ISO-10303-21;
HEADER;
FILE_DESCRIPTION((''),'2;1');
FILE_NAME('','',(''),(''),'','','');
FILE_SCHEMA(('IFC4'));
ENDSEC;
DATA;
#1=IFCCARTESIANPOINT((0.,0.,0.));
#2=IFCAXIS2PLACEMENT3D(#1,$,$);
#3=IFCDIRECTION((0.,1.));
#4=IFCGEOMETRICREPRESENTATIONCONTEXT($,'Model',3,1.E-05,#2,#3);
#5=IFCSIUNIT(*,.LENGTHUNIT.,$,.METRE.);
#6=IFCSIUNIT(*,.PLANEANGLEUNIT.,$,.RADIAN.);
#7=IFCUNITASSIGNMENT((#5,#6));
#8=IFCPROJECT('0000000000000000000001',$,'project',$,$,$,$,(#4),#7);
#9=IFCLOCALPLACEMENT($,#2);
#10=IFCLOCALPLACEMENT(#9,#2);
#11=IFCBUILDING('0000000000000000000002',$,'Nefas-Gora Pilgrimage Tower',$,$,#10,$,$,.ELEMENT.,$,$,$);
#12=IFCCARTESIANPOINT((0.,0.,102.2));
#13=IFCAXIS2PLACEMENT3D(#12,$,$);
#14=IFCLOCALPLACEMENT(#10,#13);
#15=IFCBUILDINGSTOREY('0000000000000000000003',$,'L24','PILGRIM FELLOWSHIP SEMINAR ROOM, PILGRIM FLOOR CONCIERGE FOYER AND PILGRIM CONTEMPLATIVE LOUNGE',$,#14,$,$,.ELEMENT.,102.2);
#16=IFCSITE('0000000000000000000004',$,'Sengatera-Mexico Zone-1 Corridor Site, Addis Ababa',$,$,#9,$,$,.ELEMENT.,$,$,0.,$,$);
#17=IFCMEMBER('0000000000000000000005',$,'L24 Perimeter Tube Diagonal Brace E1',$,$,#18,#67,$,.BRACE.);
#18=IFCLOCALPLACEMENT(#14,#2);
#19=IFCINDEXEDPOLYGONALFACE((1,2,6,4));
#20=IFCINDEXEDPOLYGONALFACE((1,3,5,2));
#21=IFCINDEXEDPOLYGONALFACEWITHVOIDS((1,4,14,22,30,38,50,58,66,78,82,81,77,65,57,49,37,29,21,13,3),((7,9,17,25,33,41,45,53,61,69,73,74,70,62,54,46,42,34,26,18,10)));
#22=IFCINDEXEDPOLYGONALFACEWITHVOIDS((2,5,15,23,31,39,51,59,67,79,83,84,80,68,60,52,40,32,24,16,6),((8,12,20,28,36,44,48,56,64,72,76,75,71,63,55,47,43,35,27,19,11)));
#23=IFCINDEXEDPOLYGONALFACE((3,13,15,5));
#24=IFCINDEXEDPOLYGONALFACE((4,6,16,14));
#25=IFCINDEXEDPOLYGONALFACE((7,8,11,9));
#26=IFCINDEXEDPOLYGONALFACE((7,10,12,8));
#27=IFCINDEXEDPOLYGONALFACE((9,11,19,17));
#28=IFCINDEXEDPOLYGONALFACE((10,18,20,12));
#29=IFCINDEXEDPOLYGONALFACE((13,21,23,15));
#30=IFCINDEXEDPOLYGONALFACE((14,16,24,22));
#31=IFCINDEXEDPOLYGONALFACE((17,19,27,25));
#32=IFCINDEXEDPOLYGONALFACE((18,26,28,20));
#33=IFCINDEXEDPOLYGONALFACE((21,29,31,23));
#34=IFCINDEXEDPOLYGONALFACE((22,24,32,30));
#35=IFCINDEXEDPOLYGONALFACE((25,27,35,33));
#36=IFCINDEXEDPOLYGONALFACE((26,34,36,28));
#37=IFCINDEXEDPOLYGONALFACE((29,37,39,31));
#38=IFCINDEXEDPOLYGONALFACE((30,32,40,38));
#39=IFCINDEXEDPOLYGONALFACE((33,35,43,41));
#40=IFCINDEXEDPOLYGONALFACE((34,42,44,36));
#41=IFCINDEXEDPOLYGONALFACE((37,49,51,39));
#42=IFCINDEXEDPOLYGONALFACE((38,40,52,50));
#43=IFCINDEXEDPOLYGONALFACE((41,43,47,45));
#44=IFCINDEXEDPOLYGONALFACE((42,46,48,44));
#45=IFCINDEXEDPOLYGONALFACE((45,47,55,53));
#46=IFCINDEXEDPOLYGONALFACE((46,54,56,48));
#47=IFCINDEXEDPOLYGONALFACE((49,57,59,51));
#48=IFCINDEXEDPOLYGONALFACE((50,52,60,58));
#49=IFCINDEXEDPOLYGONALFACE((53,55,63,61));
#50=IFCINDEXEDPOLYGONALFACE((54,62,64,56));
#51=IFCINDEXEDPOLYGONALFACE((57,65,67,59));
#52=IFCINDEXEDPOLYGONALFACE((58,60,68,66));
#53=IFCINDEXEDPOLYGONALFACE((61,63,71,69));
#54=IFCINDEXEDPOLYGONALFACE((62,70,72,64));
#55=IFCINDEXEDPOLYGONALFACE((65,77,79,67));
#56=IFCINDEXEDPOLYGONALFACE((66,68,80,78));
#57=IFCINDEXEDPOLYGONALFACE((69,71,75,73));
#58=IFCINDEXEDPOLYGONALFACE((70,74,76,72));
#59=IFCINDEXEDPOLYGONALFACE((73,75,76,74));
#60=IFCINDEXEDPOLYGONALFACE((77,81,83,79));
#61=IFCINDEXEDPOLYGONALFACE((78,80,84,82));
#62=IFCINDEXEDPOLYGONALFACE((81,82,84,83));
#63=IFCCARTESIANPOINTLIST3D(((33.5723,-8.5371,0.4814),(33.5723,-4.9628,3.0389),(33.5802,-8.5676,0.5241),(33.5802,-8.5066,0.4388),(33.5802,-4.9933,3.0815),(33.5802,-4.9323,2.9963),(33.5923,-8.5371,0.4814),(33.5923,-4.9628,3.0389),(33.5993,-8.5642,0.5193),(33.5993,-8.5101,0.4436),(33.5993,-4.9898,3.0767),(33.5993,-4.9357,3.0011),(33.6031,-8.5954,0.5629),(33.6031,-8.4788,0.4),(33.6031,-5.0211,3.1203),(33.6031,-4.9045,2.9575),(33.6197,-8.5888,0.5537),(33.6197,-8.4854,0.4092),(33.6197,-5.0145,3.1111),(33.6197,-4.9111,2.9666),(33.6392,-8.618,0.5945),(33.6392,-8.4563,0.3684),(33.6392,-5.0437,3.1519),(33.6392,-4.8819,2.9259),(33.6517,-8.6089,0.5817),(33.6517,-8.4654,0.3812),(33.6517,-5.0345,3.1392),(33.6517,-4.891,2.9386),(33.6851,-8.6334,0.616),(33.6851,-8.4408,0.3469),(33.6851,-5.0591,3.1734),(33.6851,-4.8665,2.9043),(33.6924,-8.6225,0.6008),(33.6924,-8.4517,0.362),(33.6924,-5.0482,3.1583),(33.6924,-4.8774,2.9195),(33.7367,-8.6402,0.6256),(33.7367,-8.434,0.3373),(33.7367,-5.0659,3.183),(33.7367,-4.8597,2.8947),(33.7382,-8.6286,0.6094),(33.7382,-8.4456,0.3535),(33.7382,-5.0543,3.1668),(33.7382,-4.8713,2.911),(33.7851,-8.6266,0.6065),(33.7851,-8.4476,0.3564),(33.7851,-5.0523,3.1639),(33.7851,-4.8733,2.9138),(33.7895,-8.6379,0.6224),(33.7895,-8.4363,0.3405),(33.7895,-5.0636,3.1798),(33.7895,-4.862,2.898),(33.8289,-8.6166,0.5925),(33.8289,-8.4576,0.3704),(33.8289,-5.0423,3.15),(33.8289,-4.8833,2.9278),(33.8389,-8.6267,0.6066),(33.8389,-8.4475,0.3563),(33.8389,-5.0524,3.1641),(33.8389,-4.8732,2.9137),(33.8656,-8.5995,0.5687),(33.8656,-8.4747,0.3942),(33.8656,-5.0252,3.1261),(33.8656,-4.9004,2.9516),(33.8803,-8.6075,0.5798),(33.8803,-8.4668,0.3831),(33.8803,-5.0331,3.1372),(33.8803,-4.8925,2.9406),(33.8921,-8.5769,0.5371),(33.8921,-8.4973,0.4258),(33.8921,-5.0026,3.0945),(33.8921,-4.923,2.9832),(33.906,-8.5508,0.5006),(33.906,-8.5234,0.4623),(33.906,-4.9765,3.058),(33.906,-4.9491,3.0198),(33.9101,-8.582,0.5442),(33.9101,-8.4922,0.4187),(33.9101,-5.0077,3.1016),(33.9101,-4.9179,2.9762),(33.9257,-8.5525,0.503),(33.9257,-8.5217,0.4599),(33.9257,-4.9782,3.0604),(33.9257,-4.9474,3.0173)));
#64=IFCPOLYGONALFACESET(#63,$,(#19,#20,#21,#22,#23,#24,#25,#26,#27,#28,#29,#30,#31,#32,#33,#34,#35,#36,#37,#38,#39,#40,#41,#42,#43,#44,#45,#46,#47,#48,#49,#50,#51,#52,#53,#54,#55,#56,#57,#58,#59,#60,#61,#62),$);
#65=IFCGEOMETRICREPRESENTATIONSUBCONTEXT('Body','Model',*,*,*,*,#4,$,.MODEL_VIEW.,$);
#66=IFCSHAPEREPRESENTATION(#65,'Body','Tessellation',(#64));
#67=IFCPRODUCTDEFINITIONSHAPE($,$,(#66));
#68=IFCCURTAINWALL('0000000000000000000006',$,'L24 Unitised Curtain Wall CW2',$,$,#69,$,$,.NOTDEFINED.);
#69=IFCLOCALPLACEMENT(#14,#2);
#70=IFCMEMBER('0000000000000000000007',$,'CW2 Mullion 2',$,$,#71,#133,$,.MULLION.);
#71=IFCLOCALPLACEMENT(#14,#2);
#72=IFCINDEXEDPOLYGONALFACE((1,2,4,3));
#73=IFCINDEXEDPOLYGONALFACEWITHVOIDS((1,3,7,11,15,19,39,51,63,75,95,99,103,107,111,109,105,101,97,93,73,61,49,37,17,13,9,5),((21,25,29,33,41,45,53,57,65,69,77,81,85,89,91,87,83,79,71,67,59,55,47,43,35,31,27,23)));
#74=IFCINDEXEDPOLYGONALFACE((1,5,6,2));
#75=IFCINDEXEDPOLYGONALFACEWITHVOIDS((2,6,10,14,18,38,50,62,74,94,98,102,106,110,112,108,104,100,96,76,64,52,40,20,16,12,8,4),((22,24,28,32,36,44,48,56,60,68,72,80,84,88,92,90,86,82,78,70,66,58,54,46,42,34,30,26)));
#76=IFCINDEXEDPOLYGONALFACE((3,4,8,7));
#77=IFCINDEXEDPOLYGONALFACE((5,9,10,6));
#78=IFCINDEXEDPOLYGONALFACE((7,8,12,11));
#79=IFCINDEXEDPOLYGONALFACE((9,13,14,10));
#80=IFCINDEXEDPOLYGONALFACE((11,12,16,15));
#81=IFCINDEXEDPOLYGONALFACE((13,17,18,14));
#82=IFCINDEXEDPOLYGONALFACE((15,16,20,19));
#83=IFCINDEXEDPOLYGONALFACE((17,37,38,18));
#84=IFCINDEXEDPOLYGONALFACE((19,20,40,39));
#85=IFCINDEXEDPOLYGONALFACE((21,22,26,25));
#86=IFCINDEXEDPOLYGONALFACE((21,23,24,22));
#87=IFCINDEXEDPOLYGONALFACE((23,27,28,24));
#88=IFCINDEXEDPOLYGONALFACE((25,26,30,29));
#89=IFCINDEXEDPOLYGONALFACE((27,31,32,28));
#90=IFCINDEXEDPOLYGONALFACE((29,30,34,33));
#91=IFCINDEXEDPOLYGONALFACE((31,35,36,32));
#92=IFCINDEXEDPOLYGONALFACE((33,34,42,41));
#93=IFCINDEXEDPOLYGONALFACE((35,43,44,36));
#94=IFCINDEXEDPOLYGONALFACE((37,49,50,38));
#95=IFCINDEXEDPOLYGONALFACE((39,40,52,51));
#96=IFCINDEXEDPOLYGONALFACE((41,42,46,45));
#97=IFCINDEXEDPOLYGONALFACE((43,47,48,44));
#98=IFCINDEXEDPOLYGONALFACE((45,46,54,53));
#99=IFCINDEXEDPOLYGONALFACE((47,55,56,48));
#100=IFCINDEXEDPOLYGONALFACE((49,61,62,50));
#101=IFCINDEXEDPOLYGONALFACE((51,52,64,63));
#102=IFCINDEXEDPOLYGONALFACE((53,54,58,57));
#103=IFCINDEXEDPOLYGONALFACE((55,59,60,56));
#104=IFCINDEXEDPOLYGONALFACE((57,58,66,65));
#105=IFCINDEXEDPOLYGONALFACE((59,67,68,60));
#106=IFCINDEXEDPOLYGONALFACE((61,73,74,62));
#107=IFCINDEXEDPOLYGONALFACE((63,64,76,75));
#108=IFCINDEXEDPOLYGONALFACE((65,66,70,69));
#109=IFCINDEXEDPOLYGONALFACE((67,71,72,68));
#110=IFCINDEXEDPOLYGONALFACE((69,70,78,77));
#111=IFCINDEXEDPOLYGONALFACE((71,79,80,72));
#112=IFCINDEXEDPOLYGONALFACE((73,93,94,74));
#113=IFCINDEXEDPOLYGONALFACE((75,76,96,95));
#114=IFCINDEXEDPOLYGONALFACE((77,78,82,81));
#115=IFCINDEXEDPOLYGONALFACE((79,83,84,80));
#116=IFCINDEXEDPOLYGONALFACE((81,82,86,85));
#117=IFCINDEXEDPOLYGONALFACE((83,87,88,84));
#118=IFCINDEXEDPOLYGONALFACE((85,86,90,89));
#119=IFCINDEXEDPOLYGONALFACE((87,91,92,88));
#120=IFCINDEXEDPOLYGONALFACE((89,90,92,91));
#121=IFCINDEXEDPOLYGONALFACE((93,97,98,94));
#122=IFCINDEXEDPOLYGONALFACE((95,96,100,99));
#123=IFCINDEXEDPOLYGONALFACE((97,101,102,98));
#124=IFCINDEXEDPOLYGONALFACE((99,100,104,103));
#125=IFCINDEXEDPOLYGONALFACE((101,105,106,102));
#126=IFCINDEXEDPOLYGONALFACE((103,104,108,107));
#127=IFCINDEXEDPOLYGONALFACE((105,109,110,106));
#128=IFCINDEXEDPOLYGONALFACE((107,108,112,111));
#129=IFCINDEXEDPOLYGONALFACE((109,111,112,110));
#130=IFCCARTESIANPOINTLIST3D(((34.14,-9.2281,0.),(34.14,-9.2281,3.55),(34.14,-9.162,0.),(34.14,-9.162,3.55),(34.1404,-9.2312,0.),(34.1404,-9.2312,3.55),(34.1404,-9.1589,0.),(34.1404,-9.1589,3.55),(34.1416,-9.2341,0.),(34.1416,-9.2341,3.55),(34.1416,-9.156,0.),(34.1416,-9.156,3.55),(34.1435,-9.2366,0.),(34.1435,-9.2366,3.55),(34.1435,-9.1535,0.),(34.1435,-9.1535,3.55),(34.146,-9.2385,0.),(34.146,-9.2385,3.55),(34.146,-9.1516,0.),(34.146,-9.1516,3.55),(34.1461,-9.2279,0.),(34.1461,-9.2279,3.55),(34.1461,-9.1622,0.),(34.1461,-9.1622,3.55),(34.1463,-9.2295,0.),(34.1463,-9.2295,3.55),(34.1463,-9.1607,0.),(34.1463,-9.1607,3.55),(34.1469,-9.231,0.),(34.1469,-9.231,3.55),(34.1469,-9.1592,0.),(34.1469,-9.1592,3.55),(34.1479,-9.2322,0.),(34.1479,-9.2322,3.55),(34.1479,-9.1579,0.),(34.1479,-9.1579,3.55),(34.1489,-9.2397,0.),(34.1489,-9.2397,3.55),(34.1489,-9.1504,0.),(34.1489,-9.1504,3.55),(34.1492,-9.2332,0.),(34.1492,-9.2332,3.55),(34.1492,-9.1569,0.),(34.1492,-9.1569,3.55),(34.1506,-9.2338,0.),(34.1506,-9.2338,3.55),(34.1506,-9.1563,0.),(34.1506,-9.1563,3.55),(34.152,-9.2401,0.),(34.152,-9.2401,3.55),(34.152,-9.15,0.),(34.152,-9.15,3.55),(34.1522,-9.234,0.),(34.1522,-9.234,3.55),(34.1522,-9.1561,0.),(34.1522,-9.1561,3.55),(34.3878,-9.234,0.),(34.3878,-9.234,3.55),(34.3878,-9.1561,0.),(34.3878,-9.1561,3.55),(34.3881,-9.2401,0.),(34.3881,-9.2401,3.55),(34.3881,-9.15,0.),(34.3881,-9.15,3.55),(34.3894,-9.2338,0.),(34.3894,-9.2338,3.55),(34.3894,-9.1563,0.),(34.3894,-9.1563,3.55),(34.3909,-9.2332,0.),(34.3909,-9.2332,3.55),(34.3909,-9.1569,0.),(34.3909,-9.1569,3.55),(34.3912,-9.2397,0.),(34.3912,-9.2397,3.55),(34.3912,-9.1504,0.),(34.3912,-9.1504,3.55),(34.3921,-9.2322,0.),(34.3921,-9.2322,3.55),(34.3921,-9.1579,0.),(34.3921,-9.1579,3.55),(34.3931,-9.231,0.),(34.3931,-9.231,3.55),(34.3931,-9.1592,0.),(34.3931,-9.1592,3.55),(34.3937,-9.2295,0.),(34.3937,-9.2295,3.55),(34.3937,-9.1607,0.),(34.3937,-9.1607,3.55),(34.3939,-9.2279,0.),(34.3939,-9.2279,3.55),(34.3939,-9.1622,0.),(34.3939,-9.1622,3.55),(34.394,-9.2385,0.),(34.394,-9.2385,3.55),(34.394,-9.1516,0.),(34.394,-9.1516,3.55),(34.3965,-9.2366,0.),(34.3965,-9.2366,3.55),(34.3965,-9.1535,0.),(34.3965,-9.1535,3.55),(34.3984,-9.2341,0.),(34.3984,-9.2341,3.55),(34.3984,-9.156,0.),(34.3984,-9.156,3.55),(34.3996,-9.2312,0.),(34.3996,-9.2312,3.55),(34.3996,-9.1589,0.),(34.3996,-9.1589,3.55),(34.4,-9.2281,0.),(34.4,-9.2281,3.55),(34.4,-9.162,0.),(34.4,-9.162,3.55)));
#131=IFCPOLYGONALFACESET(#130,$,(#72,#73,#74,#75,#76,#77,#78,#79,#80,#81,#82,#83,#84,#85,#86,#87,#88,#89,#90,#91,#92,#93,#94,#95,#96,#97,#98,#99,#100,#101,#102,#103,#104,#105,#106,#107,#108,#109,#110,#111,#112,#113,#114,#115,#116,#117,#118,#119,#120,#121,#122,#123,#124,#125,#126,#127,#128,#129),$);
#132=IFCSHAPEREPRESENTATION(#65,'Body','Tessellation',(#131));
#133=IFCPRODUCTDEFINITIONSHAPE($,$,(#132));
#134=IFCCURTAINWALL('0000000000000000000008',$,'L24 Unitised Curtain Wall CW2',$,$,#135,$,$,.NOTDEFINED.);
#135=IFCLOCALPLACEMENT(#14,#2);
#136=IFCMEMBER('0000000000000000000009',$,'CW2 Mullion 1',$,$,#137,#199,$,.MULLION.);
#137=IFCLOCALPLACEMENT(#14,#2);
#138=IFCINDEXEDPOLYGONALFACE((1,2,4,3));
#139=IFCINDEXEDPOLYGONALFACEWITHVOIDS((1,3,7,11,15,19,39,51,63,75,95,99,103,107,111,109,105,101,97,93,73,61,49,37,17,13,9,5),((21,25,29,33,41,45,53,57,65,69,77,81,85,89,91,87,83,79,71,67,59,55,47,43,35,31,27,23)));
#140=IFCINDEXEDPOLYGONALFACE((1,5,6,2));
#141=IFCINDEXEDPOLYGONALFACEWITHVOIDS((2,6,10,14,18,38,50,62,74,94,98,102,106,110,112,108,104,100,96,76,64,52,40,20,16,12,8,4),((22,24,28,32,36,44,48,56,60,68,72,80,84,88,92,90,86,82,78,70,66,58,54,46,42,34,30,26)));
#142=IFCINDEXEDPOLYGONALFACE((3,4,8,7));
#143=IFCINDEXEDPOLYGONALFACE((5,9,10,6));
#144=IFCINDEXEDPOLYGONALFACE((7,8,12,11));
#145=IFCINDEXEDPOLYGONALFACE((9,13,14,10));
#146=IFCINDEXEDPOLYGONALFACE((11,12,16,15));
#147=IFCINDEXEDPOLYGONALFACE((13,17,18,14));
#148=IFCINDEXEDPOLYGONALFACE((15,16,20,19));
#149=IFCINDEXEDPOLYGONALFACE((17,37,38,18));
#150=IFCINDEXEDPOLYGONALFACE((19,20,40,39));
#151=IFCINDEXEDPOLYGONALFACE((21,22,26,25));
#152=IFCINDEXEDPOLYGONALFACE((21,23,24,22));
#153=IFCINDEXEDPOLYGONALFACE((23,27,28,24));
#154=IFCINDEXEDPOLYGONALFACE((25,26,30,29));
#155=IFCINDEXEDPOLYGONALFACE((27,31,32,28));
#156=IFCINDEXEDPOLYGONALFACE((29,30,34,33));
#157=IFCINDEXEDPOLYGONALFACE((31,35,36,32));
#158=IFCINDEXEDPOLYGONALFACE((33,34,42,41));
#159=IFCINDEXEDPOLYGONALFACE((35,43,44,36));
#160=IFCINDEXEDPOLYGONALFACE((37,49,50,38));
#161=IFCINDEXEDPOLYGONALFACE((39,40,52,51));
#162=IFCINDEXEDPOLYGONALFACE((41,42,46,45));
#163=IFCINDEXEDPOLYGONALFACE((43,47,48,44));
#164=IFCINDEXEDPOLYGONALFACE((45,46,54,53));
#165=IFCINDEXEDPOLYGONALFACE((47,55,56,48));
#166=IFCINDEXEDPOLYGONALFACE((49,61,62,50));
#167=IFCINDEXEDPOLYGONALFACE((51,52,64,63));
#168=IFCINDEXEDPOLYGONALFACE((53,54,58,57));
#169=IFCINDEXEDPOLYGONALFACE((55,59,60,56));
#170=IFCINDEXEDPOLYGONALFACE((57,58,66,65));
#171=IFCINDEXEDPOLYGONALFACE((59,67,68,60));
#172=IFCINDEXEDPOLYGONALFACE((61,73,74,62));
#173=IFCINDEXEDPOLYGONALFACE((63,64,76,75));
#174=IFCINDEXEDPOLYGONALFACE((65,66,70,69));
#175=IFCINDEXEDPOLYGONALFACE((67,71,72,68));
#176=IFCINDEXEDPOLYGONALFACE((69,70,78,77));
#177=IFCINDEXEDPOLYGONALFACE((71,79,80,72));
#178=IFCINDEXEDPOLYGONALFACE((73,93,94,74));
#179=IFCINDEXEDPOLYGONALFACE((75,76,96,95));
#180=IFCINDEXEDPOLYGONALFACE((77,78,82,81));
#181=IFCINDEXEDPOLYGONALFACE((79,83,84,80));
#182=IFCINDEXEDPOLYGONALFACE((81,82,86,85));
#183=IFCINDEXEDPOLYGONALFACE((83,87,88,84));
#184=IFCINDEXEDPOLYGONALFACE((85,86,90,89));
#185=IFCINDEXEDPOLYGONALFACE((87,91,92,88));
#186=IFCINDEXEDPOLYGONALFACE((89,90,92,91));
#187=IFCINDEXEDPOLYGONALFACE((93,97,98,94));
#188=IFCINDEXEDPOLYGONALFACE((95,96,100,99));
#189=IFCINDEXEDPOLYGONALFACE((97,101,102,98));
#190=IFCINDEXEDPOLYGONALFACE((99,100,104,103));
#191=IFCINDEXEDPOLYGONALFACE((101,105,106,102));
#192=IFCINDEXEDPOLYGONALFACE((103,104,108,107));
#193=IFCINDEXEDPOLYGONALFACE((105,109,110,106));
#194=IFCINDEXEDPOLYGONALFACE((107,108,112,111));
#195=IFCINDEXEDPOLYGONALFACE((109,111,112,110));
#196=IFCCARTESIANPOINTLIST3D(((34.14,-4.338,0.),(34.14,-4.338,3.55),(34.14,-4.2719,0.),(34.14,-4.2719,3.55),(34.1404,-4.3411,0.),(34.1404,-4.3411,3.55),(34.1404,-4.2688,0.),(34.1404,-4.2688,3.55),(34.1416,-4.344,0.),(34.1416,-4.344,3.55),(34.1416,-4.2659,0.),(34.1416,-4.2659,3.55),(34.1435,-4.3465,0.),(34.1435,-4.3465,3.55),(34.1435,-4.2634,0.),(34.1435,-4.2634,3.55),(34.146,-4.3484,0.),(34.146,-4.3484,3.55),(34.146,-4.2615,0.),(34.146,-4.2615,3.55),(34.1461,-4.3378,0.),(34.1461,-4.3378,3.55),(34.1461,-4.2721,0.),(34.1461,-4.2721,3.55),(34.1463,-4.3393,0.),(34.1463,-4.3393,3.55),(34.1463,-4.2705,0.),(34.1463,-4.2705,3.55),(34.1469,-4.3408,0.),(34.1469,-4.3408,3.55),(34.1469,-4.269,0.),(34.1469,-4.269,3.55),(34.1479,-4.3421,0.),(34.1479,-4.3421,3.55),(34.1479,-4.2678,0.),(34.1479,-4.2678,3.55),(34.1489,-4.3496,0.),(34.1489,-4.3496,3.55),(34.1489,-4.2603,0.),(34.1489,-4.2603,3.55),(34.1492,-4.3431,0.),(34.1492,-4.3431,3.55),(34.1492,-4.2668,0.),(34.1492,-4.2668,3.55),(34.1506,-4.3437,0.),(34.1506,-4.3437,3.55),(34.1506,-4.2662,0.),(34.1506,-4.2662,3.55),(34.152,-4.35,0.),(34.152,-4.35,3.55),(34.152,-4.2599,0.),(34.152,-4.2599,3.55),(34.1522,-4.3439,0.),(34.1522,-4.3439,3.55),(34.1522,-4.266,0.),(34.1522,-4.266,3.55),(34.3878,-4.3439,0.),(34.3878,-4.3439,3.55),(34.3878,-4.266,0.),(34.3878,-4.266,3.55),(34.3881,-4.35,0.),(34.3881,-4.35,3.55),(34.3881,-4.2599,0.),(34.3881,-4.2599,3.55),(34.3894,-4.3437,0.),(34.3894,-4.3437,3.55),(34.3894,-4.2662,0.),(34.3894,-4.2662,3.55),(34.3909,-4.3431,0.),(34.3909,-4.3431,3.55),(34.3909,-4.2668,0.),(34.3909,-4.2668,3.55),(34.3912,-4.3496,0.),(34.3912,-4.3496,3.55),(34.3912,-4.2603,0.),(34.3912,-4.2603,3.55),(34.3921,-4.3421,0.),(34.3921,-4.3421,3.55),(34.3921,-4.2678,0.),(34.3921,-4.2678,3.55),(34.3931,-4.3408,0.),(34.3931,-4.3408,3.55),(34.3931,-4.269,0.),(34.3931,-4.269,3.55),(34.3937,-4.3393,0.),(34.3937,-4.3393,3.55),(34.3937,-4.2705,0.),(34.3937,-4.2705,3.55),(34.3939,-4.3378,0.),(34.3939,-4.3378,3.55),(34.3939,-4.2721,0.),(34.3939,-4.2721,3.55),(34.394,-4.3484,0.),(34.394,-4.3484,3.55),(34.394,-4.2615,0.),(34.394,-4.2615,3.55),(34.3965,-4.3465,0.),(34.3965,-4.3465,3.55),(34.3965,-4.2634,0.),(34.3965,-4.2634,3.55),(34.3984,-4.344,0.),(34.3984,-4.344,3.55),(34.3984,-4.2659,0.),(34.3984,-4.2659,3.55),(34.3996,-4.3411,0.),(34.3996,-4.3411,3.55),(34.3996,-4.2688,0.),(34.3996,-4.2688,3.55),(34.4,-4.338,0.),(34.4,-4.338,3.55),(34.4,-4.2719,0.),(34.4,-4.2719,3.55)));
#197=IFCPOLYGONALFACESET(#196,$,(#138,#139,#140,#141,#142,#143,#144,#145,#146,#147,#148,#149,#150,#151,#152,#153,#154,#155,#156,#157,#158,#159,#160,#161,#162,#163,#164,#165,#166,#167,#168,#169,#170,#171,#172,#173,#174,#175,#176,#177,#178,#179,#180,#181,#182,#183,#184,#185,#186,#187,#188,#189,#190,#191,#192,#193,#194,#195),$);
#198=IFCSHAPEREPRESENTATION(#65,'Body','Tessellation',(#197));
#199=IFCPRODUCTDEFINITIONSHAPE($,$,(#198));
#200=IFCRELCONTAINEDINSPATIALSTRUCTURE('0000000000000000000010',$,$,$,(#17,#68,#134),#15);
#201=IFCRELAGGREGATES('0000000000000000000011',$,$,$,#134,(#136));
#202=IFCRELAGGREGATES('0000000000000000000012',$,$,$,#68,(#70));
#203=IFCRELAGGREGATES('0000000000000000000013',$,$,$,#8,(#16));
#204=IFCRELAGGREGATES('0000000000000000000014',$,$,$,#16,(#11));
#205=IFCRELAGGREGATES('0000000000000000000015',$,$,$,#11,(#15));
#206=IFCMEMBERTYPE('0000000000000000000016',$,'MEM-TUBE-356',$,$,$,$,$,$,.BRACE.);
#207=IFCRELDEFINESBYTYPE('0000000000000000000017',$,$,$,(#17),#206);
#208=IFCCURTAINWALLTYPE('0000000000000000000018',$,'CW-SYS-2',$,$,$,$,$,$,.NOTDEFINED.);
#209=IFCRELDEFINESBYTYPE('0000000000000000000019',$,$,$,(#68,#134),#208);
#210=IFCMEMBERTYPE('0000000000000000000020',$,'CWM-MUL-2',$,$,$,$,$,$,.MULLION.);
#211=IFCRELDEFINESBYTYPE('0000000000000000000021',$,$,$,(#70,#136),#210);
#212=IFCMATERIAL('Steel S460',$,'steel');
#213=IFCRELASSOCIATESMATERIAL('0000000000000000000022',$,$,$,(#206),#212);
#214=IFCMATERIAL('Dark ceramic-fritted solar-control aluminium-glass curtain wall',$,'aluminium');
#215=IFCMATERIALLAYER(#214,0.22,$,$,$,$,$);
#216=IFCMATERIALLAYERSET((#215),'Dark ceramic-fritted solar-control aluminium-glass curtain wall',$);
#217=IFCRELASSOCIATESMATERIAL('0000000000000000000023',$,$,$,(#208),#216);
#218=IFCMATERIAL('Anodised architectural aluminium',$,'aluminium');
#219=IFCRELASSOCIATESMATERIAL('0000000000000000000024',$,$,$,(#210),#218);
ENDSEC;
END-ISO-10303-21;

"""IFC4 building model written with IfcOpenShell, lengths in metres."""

from ifc_helpers import new_model, si_unit, direction, frame, origin, origin_2d, place, context, subcontext, project, spatial, hollow_rectangle, hollow_circle, extrude, source, transform, mapped, material, layer, layer_set, material_profile, profile_set, type_object, element, aggregate, save


model = new_model("IFC4")

# Units and contexts
model_context = context("Model", 3, precision=1e-05, world=origin(), true_north=direction((0.0, 1.0)))
body_context = subcontext(model_context, "Body", "Model", "MODEL_VIEW")
ifc_project = project(units=[si_unit("LENGTHUNIT", "METRE"), si_unit("PLANEANGLEUNIT", "RADIAN")], contexts=[model_context])

# Site, building, storey
site_placement = place(None, origin())
site = spatial("IfcSite", under=ifc_project, at=site_placement, Name="Sengatera-Mexico Zone-1 Corridor Site, Addis Ababa", CompositionType="ELEMENT", RefElevation=0.0)
building_placement = place(site_placement, origin())
building = spatial("IfcBuilding", under=site, at=building_placement, Name="Nefas-Gora Pilgrimage Tower", CompositionType="ELEMENT")
storey_placement = place(building_placement, frame((0.0, 0.0, 102.2)))
storey = spatial("IfcBuildingStorey", under=building, at=storey_placement, Name="L24", Description="PILGRIM FELLOWSHIP SEMINAR ROOM, PILGRIM FLOOR CONCIERGE FOYER AND PILGRIM CONTEMPLATIVE LOUNGE", CompositionType="ELEMENT", Elevation=102.2)

# Shared definitions
ifc_material_1 = material(Name="Steel S460", Category="steel")

# Member
ifc_material_profile_1 = material_profile(ifc_material_1, hollow_circle(Radius=0.1777, WallThickness=0.02, at=origin_2d()), Name="CHS 355.6x20")
ifc_profile_set_1 = profile_set([ifc_material_profile_1], Name="Steel S460")
member_type_1 = type_object("IfcMemberType", Name="MEM-TUBE-356", PredefinedType="BRACE", material=ifc_profile_set_1)
shared_shape_1 = source(origin(), body_context, "Body", "SweptSolid", [
    extrude(hollow_circle(Radius=0.1777, WallThickness=0.02, at=origin_2d()), origin(), (0.0, 0.0, 1.0), 4.395),
])
member_1_placement = place(storey_placement, frame((33.75, -8.5371, 0.4814), z_axis=(0.0, 0.813264, 0.581895), x_axis=(-1.0, 0.0, 0.0)))
element("IfcMember", 1, at=member_1_placement, inside=storey, type_object=member_type_1, Name="L24 Perimeter Tube Diagonal Brace E1", PredefinedType="BRACE", context=body_context, shape_type="MappedRepresentation", body=[
    mapped(shared_shape_1, transform((0.0, 0.0, 0.0), x_axis=(1.0, 0.0, 0.0), y_axis=(0.0, 1.0, 0.0), z_axis=(0.0, 0.0, 1.0), scale=1.0)),
])

# Curtain wall, member
ifc_material_2 = material(Name="Dark ceramic-fritted solar-control aluminium-glass curtain wall", Category="aluminium")
ifc_layer_1 = layer(ifc_material_2, 0.22)
ifc_layer_set_1 = layer_set([ifc_layer_1], Name="Dark ceramic-fritted solar-control aluminium-glass curtain wall")
curtain_wall_type = type_object("IfcCurtainWallType", Name="CW-SYS-2", PredefinedType="NOTDEFINED", material=ifc_layer_set_1)
curtain_wall_1_placement = place(storey_placement, origin())
curtain_wall_1 = element("IfcCurtainWall", 2, at=curtain_wall_1_placement, inside=storey, type_object=curtain_wall_type, Name="L24 Unitised Curtain Wall CW2", PredefinedType="NOTDEFINED")
ifc_material_3 = material(Name="Anodised architectural aluminium", Category="aluminium")
ifc_material_profile_2 = material_profile(ifc_material_3, hollow_rectangle(XDim=0.0901, YDim=0.26, WallThickness=0.0061, InnerFilletRadius=0.0061, OuterFilletRadius=0.012, at=origin_2d()), Name="ALU MULLION 90x260")
ifc_profile_set_2 = profile_set([ifc_material_profile_2], Name="Anodised architectural aluminium")
member_type_2 = type_object("IfcMemberType", Name="CWM-MUL-2", PredefinedType="MULLION", material=ifc_profile_set_2)
shared_shape_2 = source(origin(), body_context, "Body", "SweptSolid", [
    extrude(hollow_rectangle(XDim=0.0901, YDim=0.26, WallThickness=0.0061, InnerFilletRadius=0.0061, OuterFilletRadius=0.012, at=origin_2d()), origin(), (0.0, 0.0, 1.0), 3.55),
])
member_2_placement = place(storey_placement, frame((34.27, -9.1951, 0.0), z_axis=(0.0, 0.0, 1.0), x_axis=(0.0, 1.0, 0.0)))
member_2 = element("IfcMember", 3, at=member_2_placement, type_object=member_type_2, Name="CW2 Mullion 2", PredefinedType="MULLION", context=body_context, shape_type="MappedRepresentation", body=[
    mapped(shared_shape_2, transform((0.0, 0.0, 0.0), x_axis=(1.0, 0.0, 0.0), y_axis=(0.0, 1.0, 0.0), z_axis=(0.0, 0.0, 1.0), scale=1.0)),
])

# Curtain wall, member
curtain_wall_2_placement = place(storey_placement, origin())
curtain_wall_2 = element("IfcCurtainWall", 4, at=curtain_wall_2_placement, inside=storey, type_object=curtain_wall_type, Name="L24 Unitised Curtain Wall CW2", PredefinedType="NOTDEFINED")
member_3_placement = place(storey_placement, frame((34.27, -4.3049, 0.0), z_axis=(0.0, 0.0, 1.0), x_axis=(0.0, 1.0, 0.0)))
member_3 = element("IfcMember", 5, at=member_3_placement, type_object=member_type_2, Name="CW2 Mullion 1", PredefinedType="MULLION", context=body_context, shape_type="MappedRepresentation", body=[
    mapped(shared_shape_2, transform((0.0, 0.0, 0.0), x_axis=(1.0, 0.0, 0.0), y_axis=(0.0, 1.0, 0.0), z_axis=(0.0, 0.0, 1.0), scale=1.0)),
])
aggregate(curtain_wall_2, [member_3])

aggregate(curtain_wall_1, [member_2])

save(model, "model.ifc")
